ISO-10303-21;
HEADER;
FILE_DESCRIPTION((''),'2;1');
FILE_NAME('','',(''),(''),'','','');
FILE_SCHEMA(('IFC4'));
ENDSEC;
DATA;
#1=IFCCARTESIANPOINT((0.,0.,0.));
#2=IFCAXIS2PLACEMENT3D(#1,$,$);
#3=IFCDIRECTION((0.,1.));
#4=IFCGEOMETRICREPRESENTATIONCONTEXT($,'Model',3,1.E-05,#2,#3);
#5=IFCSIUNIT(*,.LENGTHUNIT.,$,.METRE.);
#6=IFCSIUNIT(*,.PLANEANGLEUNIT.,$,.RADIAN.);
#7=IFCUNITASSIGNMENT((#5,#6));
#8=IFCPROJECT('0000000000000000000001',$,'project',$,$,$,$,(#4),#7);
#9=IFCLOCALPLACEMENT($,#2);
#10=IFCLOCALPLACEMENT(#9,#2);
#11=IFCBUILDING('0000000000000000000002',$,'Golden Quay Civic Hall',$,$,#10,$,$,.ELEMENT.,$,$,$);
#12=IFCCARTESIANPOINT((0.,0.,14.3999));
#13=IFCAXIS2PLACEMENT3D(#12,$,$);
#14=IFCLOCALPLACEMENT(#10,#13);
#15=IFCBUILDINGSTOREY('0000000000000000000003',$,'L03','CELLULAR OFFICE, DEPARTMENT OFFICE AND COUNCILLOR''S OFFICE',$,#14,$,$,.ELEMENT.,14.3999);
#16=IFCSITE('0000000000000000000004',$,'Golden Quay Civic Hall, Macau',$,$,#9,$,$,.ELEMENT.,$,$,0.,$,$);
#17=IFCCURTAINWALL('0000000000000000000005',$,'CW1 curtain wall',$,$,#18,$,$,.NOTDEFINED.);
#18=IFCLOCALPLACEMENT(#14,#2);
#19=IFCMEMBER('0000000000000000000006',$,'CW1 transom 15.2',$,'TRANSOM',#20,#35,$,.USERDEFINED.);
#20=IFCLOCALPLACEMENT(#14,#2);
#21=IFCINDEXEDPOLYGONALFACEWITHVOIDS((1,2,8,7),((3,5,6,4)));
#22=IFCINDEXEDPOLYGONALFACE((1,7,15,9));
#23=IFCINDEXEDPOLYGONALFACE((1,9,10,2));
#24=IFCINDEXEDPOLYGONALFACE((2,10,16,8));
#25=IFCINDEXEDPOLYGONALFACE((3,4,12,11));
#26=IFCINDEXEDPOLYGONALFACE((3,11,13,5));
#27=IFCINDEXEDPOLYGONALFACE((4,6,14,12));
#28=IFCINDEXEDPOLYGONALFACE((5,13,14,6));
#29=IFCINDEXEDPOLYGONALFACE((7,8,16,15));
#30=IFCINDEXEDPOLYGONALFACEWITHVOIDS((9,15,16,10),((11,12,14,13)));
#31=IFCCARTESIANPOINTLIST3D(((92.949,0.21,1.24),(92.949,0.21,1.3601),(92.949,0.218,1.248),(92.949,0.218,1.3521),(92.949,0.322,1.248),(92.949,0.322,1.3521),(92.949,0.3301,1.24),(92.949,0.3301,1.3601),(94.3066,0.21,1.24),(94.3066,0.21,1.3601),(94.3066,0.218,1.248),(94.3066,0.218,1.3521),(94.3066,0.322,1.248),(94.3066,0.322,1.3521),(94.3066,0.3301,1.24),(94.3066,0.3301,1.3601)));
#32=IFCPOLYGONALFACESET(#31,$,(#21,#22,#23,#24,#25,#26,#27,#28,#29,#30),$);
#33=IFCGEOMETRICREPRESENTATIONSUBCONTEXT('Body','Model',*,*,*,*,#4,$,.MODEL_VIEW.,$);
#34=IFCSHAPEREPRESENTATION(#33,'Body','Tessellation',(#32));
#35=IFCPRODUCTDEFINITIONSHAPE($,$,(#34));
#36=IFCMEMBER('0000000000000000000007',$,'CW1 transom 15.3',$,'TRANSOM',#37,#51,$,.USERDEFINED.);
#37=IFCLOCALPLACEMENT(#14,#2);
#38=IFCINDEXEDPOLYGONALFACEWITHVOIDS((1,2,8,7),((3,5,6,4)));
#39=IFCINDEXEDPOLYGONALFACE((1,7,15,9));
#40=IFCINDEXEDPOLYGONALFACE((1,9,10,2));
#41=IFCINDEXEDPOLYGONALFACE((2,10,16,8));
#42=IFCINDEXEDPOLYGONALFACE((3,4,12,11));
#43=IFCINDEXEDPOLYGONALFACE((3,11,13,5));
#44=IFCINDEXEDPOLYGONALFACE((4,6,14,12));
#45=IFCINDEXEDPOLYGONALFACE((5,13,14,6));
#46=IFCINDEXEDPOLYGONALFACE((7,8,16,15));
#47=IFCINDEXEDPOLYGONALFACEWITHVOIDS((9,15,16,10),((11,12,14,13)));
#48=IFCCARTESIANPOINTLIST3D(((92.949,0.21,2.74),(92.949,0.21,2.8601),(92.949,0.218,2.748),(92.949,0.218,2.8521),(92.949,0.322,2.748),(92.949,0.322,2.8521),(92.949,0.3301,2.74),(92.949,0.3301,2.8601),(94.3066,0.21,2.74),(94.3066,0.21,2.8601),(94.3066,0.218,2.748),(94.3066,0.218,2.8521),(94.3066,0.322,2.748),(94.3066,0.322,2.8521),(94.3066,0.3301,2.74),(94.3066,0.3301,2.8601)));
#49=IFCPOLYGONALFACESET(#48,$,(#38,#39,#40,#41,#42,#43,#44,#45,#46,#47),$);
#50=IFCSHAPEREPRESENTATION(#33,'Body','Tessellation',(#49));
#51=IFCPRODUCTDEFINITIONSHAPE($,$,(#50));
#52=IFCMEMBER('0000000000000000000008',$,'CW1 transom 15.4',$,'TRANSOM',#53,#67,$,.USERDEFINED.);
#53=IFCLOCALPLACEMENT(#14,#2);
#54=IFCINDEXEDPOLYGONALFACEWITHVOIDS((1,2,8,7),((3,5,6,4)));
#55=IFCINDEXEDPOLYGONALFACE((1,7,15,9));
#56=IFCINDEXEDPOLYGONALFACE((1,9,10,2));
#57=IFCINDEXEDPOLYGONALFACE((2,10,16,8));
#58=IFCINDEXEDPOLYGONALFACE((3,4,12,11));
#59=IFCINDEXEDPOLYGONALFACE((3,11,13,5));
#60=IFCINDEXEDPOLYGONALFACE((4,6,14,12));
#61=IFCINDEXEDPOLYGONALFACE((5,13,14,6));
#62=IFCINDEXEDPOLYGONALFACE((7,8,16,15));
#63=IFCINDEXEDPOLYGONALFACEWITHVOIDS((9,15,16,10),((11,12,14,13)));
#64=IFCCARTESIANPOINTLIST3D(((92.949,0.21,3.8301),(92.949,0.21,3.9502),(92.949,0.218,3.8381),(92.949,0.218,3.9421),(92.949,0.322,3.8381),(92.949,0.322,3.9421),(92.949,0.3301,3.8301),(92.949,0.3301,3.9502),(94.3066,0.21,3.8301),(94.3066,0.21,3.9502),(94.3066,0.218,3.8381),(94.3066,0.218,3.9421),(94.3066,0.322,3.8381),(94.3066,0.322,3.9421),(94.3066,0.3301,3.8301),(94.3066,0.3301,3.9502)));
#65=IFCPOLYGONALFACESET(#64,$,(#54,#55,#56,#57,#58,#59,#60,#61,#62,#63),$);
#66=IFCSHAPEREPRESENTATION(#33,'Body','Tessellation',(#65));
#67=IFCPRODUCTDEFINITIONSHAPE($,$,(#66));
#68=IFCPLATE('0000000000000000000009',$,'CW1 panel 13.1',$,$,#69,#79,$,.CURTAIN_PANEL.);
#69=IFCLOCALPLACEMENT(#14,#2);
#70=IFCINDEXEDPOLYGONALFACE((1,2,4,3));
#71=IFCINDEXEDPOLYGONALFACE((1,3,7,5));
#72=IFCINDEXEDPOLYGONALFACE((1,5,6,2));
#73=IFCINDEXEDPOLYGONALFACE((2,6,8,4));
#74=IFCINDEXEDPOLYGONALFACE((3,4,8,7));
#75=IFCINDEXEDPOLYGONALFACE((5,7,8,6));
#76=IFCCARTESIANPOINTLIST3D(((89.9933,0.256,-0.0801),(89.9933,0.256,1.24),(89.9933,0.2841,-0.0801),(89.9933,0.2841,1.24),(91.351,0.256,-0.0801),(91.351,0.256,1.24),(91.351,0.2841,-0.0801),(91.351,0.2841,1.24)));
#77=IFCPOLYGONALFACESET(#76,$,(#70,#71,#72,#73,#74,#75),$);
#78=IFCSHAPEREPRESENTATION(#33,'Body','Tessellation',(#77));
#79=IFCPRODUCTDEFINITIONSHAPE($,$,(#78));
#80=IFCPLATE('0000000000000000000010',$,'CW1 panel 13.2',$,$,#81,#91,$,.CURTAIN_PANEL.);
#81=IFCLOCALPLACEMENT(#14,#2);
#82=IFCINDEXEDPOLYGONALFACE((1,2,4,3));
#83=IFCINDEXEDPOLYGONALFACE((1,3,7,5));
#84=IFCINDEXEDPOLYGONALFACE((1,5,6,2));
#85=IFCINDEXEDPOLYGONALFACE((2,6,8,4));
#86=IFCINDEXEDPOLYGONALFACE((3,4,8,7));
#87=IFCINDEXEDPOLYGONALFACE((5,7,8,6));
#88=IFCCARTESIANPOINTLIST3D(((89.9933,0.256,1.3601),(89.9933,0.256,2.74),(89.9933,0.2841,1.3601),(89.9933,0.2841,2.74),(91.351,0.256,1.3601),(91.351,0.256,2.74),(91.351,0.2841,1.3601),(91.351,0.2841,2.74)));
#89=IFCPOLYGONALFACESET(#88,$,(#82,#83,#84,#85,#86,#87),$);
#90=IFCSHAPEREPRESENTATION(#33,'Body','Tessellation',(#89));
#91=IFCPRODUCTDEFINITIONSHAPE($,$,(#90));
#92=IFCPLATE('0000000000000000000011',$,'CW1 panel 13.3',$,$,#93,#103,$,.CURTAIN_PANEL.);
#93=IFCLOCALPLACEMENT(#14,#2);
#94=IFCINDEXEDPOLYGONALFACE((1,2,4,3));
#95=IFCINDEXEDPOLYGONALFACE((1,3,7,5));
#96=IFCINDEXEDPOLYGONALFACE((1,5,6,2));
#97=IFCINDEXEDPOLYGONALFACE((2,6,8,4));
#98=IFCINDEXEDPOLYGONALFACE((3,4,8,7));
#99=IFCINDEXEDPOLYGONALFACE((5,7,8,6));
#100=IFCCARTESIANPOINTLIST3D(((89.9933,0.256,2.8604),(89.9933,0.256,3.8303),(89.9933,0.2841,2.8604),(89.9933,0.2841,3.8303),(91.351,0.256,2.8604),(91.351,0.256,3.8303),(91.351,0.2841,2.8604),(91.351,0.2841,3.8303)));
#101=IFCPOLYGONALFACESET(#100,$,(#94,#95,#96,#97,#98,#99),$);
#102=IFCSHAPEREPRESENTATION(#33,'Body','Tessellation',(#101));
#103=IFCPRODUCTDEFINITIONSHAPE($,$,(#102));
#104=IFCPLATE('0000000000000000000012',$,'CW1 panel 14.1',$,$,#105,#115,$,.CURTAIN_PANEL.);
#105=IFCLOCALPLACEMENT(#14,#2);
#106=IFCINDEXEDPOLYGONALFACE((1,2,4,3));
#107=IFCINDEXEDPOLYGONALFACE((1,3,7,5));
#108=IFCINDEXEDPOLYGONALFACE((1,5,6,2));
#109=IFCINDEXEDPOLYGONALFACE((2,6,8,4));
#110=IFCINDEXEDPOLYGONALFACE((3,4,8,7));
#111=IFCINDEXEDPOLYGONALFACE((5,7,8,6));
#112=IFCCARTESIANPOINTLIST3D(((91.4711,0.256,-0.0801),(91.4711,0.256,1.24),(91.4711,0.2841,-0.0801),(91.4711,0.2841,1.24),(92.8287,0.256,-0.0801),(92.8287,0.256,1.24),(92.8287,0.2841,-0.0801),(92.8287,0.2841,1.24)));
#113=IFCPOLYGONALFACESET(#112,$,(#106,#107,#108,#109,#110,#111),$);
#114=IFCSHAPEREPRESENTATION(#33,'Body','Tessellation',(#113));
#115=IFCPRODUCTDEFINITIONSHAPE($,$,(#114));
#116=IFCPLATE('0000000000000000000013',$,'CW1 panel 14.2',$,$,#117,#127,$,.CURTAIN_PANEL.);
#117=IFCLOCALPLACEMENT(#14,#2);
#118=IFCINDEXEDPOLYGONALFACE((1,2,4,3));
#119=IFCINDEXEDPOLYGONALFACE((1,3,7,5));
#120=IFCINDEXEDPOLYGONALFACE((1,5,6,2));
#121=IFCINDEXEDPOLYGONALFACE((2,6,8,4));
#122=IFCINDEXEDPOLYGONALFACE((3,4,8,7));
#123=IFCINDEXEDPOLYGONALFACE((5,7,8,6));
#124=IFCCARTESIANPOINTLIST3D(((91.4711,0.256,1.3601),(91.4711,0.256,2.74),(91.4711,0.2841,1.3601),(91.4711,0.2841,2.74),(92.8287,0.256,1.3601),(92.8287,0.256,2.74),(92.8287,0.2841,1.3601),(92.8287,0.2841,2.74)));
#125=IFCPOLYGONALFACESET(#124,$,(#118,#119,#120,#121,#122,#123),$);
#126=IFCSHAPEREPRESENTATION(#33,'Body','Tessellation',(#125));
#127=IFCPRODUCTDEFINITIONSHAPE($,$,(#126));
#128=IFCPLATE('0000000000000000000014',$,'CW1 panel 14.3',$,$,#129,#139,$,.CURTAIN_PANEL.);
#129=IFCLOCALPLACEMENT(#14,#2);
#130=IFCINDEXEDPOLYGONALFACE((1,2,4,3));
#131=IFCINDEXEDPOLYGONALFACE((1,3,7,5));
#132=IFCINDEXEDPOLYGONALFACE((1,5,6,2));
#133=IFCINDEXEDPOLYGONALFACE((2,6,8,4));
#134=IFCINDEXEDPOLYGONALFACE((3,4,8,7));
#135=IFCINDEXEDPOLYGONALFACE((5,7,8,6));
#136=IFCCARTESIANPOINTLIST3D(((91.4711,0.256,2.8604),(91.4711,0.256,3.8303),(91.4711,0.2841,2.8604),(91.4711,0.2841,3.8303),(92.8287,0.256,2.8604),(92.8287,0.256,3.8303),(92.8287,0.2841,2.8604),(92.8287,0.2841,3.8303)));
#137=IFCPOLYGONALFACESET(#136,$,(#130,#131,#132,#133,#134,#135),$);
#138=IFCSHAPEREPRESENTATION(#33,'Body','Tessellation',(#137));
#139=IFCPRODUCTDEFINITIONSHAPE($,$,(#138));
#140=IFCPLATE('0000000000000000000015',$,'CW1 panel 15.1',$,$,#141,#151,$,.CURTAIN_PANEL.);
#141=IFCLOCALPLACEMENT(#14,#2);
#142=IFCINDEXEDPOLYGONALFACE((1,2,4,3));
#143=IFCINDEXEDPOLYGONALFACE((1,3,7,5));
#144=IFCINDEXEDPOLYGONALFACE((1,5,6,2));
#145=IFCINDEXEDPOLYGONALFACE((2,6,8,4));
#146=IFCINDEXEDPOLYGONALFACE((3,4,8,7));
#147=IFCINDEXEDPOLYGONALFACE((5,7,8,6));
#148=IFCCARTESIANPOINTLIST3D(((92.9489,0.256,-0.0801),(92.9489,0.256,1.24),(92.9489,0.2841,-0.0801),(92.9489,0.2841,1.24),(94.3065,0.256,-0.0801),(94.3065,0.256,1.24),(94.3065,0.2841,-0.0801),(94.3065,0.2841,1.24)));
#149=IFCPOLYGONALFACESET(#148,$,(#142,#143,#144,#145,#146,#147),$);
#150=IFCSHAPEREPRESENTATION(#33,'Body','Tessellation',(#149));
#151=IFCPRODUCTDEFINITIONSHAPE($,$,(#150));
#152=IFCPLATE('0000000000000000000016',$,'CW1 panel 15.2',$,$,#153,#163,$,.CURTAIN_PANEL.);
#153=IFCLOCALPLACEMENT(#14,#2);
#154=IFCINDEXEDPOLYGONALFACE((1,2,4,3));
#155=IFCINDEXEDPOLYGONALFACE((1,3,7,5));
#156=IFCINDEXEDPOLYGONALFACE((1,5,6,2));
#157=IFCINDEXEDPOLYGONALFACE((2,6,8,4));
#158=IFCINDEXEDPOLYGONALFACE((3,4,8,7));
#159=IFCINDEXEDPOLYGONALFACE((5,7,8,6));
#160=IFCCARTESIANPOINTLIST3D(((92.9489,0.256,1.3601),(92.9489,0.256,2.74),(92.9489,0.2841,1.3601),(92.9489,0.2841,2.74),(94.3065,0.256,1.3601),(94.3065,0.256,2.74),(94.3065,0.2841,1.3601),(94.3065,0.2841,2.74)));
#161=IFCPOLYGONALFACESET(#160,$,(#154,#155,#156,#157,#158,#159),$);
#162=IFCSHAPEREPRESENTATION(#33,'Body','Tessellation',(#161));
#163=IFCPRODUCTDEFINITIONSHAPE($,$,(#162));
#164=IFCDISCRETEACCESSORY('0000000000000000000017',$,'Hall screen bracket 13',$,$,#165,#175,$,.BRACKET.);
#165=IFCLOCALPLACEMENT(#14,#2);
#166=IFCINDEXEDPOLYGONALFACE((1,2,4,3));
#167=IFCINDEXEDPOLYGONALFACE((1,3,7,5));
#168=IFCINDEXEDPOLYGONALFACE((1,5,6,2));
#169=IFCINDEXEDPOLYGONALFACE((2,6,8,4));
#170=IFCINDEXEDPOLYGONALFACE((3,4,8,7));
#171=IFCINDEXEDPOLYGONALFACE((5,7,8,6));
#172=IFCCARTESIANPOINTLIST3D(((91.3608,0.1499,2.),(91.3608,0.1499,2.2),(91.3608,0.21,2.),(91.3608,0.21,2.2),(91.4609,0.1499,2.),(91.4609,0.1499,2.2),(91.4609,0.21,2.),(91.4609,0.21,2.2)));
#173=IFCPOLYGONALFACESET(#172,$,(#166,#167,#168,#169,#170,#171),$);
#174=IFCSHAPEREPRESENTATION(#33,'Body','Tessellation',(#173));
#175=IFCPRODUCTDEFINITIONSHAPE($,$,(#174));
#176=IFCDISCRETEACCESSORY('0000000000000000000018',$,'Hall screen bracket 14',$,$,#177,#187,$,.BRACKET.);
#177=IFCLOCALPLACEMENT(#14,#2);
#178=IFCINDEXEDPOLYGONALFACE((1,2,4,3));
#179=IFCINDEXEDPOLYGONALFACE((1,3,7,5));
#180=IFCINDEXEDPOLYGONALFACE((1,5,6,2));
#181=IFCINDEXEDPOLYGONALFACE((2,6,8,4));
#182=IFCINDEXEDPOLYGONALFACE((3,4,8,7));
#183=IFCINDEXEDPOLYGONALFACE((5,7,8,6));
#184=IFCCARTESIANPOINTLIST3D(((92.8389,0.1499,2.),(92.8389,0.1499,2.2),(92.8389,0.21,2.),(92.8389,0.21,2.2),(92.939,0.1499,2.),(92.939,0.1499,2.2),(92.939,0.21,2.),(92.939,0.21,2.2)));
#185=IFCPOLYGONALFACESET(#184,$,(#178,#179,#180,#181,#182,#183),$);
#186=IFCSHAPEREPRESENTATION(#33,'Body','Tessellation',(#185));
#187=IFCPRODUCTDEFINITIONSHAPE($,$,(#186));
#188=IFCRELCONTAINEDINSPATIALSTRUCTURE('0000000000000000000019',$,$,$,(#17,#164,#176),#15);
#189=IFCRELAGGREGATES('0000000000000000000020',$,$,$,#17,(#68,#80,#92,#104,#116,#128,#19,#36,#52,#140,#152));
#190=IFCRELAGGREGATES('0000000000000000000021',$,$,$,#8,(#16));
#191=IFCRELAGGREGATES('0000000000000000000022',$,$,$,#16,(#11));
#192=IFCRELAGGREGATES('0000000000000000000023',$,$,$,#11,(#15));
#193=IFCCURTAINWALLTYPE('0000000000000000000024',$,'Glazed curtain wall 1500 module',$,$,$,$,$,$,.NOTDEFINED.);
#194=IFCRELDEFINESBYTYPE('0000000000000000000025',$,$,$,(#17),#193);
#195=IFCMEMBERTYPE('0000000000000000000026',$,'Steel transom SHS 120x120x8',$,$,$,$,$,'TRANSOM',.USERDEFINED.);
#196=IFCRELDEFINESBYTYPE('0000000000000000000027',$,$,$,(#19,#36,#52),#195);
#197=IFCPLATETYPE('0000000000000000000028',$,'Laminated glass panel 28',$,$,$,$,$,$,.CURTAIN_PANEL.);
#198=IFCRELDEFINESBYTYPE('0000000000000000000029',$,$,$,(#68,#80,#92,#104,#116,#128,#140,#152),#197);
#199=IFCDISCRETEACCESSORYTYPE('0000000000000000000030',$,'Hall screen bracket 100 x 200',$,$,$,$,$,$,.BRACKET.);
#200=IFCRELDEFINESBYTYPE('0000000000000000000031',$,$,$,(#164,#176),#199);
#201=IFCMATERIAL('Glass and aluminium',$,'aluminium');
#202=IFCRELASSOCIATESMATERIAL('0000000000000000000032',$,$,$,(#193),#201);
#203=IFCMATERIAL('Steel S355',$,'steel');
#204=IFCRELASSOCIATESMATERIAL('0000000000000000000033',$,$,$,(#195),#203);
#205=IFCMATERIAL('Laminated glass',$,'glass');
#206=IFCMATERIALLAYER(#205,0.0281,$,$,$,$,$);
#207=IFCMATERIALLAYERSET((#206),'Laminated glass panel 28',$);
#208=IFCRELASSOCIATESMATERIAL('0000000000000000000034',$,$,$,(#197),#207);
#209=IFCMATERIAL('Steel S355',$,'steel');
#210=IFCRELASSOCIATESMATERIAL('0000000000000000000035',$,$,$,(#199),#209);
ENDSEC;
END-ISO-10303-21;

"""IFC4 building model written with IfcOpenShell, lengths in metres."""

from ifc_helpers import new_model, si_unit, direction, frame, origin, origin_2d, place, context, subcontext, project, spatial, rectangle, hollow_rectangle, extrude, material, layer, layer_set, material_profile, profile_set, type_object, element, aggregate, save


model = new_model("IFC4")

# Units and contexts
model_context = context("Model", 3, precision=1e-05, world=origin(), true_north=direction((0.0, 1.0)))
body_context = subcontext(model_context, "Body", "Model", "MODEL_VIEW")
ifc_project = project(units=[si_unit("LENGTHUNIT", "METRE"), si_unit("PLANEANGLEUNIT", "RADIAN")], contexts=[model_context])

# Site, building, storey
site_placement = place(None, origin())
site = spatial("IfcSite", under=ifc_project, at=site_placement, Name="Golden Quay Civic Hall, Macau", CompositionType="ELEMENT", RefElevation=0.0)
building_placement = place(site_placement, origin())
building = spatial("IfcBuilding", under=site, at=building_placement, Name="Golden Quay Civic Hall", CompositionType="ELEMENT")
storey_placement = place(building_placement, frame((0.0, 0.0, 14.3999)))
storey = spatial("IfcBuildingStorey", under=building, at=storey_placement, Name="L03", Description="CELLULAR OFFICE, DEPARTMENT OFFICE AND COUNCILLOR'S OFFICE", CompositionType="ELEMENT", Elevation=14.3999)

# Curtain wall, members, plates
ifc_material_1 = material(Name="Glass and aluminium", Category="aluminium")
curtain_wall_type = type_object("IfcCurtainWallType", Name="Glazed curtain wall 1500 module", PredefinedType="NOTDEFINED", material=ifc_material_1)
curtain_wall_placement = place(storey_placement, origin())
curtain_wall = element("IfcCurtainWall", 1, at=curtain_wall_placement, inside=storey, type_object=curtain_wall_type, Name="CW1 curtain wall", PredefinedType="NOTDEFINED")
ifc_material_2 = material(Name="Steel S355", Category="steel")
ifc_material_profile_1 = material_profile(ifc_material_2, hollow_rectangle(XDim=0.1201, YDim=0.1201, WallThickness=0.0081, at=origin_2d()), Name="SHS 120x120x8")
ifc_profile_set_1 = profile_set([ifc_material_profile_1], Name="Steel S355")
member_type_1 = type_object("IfcMemberType", Name="Steel transom SHS 120x120x8", ElementType="TRANSOM", PredefinedType="USERDEFINED", material=ifc_profile_set_1)
member_1_placement = place(storey_placement, frame((92.949, 0.27, 1.3), z_axis=(1.0, 0.0, 0.0), x_axis=(0.0, 1.0, 0.0)))
member_1 = element("IfcMember", 2, at=member_1_placement, type_object=member_type_1, Name="CW1 transom 15.2", ObjectType="TRANSOM", PredefinedType="USERDEFINED", context=body_context, shape_type="SweptSolid", body=[
    extrude(hollow_rectangle(XDim=0.1201, YDim=0.1201, WallThickness=0.0081, at=origin_2d()), origin(), (0.0, 0.0, 1.0), 1.3577),
])
member_2_placement = place(storey_placement, frame((92.949, 0.27, 2.8), z_axis=(1.0, 0.0, 0.0), x_axis=(0.0, 1.0, 0.0)))
member_2 = element("IfcMember", 3, at=member_2_placement, type_object=member_type_1, Name="CW1 transom 15.3", ObjectType="TRANSOM", PredefinedType="USERDEFINED", context=body_context, shape_type="SweptSolid", body=[
    extrude(hollow_rectangle(XDim=0.1201, YDim=0.1201, WallThickness=0.0081, at=origin_2d()), origin(), (0.0, 0.0, 1.0), 1.3577),
])
member_3_placement = place(storey_placement, frame((92.949, 0.27, 3.8901), z_axis=(1.0, 0.0, 0.0), x_axis=(0.0, 1.0, 0.0)))
member_3 = element("IfcMember", 4, at=member_3_placement, type_object=member_type_1, Name="CW1 transom 15.4", ObjectType="TRANSOM", PredefinedType="USERDEFINED", context=body_context, shape_type="SweptSolid", body=[
    extrude(hollow_rectangle(XDim=0.1201, YDim=0.1201, WallThickness=0.0081, at=origin_2d()), origin(), (0.0, 0.0, 1.0), 1.3577),
])
ifc_material_3 = material(Name="Laminated glass", Category="glass")
ifc_layer = layer(ifc_material_3, 0.0281)
ifc_layer_set = layer_set([ifc_layer], Name="Laminated glass panel 28")
plate_type = type_object("IfcPlateType", Name="Laminated glass panel 28", PredefinedType="CURTAIN_PANEL", material=ifc_layer_set)
plate_1_placement = place(storey_placement, frame((90.6721, 0.27, -0.0801), z_axis=(0.0, 0.0, 1.0), x_axis=(1.0, 0.0, 0.0)))
plate_1 = element("IfcPlate", 5, at=plate_1_placement, type_object=plate_type, Name="CW1 panel 13.1", PredefinedType="CURTAIN_PANEL", context=body_context, shape_type="SweptSolid", body=[
    extrude(rectangle(XDim=1.3577, YDim=0.0281, at=origin_2d()), origin(), (0.0, 0.0, 1.0), 1.3201),
])
plate_2_placement = place(storey_placement, frame((90.6721, 0.27, 1.3601), z_axis=(0.0, 0.0, 1.0), x_axis=(1.0, 0.0, 0.0)))
plate_2 = element("IfcPlate", 6, at=plate_2_placement, type_object=plate_type, Name="CW1 panel 13.2", PredefinedType="CURTAIN_PANEL", context=body_context, shape_type="SweptSolid", body=[
    extrude(rectangle(XDim=1.3577, YDim=0.0281, at=origin_2d()), origin(), (0.0, 0.0, 1.0), 1.3799),
])
plate_3_placement = place(storey_placement, frame((90.6721, 0.27, 2.8604), z_axis=(0.0, 0.0, 1.0), x_axis=(1.0, 0.0, 0.0)))
plate_3 = element("IfcPlate", 7, at=plate_3_placement, type_object=plate_type, Name="CW1 panel 13.3", PredefinedType="CURTAIN_PANEL", context=body_context, shape_type="SweptSolid", body=[
    extrude(rectangle(XDim=1.3577, YDim=0.0281, at=origin_2d()), origin(), (0.0, 0.0, 1.0), 0.97),
])
plate_4_placement = place(storey_placement, frame((92.1499, 0.27, -0.0801), z_axis=(0.0, 0.0, 1.0), x_axis=(1.0, 0.0, 0.0)))
plate_4 = element("IfcPlate", 8, at=plate_4_placement, type_object=plate_type, Name="CW1 panel 14.1", PredefinedType="CURTAIN_PANEL", context=body_context, shape_type="SweptSolid", body=[
    extrude(rectangle(XDim=1.3577, YDim=0.0281, at=origin_2d()), origin(), (0.0, 0.0, 1.0), 1.3201),
])
plate_5_placement = place(storey_placement, frame((92.1499, 0.27, 1.3601), z_axis=(0.0, 0.0, 1.0), x_axis=(1.0, 0.0, 0.0)))
plate_5 = element("IfcPlate", 9, at=plate_5_placement, type_object=plate_type, Name="CW1 panel 14.2", PredefinedType="CURTAIN_PANEL", context=body_context, shape_type="SweptSolid", body=[
    extrude(rectangle(XDim=1.3577, YDim=0.0281, at=origin_2d()), origin(), (0.0, 0.0, 1.0), 1.3799),
])
plate_6_placement = place(storey_placement, frame((92.1499, 0.27, 2.8604), z_axis=(0.0, 0.0, 1.0), x_axis=(1.0, 0.0, 0.0)))
plate_6 = element("IfcPlate", 10, at=plate_6_placement, type_object=plate_type, Name="CW1 panel 14.3", PredefinedType="CURTAIN_PANEL", context=body_context, shape_type="SweptSolid", body=[
    extrude(rectangle(XDim=1.3577, YDim=0.0281, at=origin_2d()), origin(), (0.0, 0.0, 1.0), 0.97),
])
plate_7_placement = place(storey_placement, frame((93.6277, 0.27, -0.0801), z_axis=(0.0, 0.0, 1.0), x_axis=(1.0, 0.0, 0.0)))
plate_7 = element("IfcPlate", 11, at=plate_7_placement, type_object=plate_type, Name="CW1 panel 15.1", PredefinedType="CURTAIN_PANEL", context=body_context, shape_type="SweptSolid", body=[
    extrude(rectangle(XDim=1.3577, YDim=0.0281, at=origin_2d()), origin(), (0.0, 0.0, 1.0), 1.3201),
])
plate_8_placement = place(storey_placement, frame((93.6277, 0.27, 1.3601), z_axis=(0.0, 0.0, 1.0), x_axis=(1.0, 0.0, 0.0)))
plate_8 = element("IfcPlate", 12, at=plate_8_placement, type_object=plate_type, Name="CW1 panel 15.2", PredefinedType="CURTAIN_PANEL", context=body_context, shape_type="SweptSolid", body=[
    extrude(rectangle(XDim=1.3577, YDim=0.0281, at=origin_2d()), origin(), (0.0, 0.0, 1.0), 1.3799),
])
aggregate(curtain_wall, [plate_1, plate_2, plate_3, plate_4, plate_5, plate_6, member_1, member_2, member_3, plate_7, plate_8])

# Discrete accessories
ifc_material_4 = material(Name="Steel S355", Category="steel")
discrete_accessory_type = type_object("IfcDiscreteAccessoryType", Name="Hall screen bracket 100 x 200", PredefinedType="BRACKET", material=ifc_material_4)
for number, where, z_axis, x_axis, name in (
    (13, (91.4109, 0.1799, 2.0), (0.0, 0.0, 1.0), (1.0, 0.0, 0.0), "Hall screen bracket 13"),
    (14, (92.8889, 0.1799, 2.0), (0.0, 0.0, 1.0), (1.0, 0.0, 0.0), "Hall screen bracket 14"),
):
    element("IfcDiscreteAccessory", number, at=place(storey_placement, frame(where, z_axis=z_axis, x_axis=x_axis)), inside=storey, type_object=discrete_accessory_type, Name=name, PredefinedType="BRACKET", context=body_context, shape_type="SweptSolid", body=[
        extrude(rectangle(XDim=0.1001, YDim=0.0601, at=origin_2d()), origin(), (0.0, 0.0, 1.0), 0.2),
    ])

save(model, "model.ifc")
